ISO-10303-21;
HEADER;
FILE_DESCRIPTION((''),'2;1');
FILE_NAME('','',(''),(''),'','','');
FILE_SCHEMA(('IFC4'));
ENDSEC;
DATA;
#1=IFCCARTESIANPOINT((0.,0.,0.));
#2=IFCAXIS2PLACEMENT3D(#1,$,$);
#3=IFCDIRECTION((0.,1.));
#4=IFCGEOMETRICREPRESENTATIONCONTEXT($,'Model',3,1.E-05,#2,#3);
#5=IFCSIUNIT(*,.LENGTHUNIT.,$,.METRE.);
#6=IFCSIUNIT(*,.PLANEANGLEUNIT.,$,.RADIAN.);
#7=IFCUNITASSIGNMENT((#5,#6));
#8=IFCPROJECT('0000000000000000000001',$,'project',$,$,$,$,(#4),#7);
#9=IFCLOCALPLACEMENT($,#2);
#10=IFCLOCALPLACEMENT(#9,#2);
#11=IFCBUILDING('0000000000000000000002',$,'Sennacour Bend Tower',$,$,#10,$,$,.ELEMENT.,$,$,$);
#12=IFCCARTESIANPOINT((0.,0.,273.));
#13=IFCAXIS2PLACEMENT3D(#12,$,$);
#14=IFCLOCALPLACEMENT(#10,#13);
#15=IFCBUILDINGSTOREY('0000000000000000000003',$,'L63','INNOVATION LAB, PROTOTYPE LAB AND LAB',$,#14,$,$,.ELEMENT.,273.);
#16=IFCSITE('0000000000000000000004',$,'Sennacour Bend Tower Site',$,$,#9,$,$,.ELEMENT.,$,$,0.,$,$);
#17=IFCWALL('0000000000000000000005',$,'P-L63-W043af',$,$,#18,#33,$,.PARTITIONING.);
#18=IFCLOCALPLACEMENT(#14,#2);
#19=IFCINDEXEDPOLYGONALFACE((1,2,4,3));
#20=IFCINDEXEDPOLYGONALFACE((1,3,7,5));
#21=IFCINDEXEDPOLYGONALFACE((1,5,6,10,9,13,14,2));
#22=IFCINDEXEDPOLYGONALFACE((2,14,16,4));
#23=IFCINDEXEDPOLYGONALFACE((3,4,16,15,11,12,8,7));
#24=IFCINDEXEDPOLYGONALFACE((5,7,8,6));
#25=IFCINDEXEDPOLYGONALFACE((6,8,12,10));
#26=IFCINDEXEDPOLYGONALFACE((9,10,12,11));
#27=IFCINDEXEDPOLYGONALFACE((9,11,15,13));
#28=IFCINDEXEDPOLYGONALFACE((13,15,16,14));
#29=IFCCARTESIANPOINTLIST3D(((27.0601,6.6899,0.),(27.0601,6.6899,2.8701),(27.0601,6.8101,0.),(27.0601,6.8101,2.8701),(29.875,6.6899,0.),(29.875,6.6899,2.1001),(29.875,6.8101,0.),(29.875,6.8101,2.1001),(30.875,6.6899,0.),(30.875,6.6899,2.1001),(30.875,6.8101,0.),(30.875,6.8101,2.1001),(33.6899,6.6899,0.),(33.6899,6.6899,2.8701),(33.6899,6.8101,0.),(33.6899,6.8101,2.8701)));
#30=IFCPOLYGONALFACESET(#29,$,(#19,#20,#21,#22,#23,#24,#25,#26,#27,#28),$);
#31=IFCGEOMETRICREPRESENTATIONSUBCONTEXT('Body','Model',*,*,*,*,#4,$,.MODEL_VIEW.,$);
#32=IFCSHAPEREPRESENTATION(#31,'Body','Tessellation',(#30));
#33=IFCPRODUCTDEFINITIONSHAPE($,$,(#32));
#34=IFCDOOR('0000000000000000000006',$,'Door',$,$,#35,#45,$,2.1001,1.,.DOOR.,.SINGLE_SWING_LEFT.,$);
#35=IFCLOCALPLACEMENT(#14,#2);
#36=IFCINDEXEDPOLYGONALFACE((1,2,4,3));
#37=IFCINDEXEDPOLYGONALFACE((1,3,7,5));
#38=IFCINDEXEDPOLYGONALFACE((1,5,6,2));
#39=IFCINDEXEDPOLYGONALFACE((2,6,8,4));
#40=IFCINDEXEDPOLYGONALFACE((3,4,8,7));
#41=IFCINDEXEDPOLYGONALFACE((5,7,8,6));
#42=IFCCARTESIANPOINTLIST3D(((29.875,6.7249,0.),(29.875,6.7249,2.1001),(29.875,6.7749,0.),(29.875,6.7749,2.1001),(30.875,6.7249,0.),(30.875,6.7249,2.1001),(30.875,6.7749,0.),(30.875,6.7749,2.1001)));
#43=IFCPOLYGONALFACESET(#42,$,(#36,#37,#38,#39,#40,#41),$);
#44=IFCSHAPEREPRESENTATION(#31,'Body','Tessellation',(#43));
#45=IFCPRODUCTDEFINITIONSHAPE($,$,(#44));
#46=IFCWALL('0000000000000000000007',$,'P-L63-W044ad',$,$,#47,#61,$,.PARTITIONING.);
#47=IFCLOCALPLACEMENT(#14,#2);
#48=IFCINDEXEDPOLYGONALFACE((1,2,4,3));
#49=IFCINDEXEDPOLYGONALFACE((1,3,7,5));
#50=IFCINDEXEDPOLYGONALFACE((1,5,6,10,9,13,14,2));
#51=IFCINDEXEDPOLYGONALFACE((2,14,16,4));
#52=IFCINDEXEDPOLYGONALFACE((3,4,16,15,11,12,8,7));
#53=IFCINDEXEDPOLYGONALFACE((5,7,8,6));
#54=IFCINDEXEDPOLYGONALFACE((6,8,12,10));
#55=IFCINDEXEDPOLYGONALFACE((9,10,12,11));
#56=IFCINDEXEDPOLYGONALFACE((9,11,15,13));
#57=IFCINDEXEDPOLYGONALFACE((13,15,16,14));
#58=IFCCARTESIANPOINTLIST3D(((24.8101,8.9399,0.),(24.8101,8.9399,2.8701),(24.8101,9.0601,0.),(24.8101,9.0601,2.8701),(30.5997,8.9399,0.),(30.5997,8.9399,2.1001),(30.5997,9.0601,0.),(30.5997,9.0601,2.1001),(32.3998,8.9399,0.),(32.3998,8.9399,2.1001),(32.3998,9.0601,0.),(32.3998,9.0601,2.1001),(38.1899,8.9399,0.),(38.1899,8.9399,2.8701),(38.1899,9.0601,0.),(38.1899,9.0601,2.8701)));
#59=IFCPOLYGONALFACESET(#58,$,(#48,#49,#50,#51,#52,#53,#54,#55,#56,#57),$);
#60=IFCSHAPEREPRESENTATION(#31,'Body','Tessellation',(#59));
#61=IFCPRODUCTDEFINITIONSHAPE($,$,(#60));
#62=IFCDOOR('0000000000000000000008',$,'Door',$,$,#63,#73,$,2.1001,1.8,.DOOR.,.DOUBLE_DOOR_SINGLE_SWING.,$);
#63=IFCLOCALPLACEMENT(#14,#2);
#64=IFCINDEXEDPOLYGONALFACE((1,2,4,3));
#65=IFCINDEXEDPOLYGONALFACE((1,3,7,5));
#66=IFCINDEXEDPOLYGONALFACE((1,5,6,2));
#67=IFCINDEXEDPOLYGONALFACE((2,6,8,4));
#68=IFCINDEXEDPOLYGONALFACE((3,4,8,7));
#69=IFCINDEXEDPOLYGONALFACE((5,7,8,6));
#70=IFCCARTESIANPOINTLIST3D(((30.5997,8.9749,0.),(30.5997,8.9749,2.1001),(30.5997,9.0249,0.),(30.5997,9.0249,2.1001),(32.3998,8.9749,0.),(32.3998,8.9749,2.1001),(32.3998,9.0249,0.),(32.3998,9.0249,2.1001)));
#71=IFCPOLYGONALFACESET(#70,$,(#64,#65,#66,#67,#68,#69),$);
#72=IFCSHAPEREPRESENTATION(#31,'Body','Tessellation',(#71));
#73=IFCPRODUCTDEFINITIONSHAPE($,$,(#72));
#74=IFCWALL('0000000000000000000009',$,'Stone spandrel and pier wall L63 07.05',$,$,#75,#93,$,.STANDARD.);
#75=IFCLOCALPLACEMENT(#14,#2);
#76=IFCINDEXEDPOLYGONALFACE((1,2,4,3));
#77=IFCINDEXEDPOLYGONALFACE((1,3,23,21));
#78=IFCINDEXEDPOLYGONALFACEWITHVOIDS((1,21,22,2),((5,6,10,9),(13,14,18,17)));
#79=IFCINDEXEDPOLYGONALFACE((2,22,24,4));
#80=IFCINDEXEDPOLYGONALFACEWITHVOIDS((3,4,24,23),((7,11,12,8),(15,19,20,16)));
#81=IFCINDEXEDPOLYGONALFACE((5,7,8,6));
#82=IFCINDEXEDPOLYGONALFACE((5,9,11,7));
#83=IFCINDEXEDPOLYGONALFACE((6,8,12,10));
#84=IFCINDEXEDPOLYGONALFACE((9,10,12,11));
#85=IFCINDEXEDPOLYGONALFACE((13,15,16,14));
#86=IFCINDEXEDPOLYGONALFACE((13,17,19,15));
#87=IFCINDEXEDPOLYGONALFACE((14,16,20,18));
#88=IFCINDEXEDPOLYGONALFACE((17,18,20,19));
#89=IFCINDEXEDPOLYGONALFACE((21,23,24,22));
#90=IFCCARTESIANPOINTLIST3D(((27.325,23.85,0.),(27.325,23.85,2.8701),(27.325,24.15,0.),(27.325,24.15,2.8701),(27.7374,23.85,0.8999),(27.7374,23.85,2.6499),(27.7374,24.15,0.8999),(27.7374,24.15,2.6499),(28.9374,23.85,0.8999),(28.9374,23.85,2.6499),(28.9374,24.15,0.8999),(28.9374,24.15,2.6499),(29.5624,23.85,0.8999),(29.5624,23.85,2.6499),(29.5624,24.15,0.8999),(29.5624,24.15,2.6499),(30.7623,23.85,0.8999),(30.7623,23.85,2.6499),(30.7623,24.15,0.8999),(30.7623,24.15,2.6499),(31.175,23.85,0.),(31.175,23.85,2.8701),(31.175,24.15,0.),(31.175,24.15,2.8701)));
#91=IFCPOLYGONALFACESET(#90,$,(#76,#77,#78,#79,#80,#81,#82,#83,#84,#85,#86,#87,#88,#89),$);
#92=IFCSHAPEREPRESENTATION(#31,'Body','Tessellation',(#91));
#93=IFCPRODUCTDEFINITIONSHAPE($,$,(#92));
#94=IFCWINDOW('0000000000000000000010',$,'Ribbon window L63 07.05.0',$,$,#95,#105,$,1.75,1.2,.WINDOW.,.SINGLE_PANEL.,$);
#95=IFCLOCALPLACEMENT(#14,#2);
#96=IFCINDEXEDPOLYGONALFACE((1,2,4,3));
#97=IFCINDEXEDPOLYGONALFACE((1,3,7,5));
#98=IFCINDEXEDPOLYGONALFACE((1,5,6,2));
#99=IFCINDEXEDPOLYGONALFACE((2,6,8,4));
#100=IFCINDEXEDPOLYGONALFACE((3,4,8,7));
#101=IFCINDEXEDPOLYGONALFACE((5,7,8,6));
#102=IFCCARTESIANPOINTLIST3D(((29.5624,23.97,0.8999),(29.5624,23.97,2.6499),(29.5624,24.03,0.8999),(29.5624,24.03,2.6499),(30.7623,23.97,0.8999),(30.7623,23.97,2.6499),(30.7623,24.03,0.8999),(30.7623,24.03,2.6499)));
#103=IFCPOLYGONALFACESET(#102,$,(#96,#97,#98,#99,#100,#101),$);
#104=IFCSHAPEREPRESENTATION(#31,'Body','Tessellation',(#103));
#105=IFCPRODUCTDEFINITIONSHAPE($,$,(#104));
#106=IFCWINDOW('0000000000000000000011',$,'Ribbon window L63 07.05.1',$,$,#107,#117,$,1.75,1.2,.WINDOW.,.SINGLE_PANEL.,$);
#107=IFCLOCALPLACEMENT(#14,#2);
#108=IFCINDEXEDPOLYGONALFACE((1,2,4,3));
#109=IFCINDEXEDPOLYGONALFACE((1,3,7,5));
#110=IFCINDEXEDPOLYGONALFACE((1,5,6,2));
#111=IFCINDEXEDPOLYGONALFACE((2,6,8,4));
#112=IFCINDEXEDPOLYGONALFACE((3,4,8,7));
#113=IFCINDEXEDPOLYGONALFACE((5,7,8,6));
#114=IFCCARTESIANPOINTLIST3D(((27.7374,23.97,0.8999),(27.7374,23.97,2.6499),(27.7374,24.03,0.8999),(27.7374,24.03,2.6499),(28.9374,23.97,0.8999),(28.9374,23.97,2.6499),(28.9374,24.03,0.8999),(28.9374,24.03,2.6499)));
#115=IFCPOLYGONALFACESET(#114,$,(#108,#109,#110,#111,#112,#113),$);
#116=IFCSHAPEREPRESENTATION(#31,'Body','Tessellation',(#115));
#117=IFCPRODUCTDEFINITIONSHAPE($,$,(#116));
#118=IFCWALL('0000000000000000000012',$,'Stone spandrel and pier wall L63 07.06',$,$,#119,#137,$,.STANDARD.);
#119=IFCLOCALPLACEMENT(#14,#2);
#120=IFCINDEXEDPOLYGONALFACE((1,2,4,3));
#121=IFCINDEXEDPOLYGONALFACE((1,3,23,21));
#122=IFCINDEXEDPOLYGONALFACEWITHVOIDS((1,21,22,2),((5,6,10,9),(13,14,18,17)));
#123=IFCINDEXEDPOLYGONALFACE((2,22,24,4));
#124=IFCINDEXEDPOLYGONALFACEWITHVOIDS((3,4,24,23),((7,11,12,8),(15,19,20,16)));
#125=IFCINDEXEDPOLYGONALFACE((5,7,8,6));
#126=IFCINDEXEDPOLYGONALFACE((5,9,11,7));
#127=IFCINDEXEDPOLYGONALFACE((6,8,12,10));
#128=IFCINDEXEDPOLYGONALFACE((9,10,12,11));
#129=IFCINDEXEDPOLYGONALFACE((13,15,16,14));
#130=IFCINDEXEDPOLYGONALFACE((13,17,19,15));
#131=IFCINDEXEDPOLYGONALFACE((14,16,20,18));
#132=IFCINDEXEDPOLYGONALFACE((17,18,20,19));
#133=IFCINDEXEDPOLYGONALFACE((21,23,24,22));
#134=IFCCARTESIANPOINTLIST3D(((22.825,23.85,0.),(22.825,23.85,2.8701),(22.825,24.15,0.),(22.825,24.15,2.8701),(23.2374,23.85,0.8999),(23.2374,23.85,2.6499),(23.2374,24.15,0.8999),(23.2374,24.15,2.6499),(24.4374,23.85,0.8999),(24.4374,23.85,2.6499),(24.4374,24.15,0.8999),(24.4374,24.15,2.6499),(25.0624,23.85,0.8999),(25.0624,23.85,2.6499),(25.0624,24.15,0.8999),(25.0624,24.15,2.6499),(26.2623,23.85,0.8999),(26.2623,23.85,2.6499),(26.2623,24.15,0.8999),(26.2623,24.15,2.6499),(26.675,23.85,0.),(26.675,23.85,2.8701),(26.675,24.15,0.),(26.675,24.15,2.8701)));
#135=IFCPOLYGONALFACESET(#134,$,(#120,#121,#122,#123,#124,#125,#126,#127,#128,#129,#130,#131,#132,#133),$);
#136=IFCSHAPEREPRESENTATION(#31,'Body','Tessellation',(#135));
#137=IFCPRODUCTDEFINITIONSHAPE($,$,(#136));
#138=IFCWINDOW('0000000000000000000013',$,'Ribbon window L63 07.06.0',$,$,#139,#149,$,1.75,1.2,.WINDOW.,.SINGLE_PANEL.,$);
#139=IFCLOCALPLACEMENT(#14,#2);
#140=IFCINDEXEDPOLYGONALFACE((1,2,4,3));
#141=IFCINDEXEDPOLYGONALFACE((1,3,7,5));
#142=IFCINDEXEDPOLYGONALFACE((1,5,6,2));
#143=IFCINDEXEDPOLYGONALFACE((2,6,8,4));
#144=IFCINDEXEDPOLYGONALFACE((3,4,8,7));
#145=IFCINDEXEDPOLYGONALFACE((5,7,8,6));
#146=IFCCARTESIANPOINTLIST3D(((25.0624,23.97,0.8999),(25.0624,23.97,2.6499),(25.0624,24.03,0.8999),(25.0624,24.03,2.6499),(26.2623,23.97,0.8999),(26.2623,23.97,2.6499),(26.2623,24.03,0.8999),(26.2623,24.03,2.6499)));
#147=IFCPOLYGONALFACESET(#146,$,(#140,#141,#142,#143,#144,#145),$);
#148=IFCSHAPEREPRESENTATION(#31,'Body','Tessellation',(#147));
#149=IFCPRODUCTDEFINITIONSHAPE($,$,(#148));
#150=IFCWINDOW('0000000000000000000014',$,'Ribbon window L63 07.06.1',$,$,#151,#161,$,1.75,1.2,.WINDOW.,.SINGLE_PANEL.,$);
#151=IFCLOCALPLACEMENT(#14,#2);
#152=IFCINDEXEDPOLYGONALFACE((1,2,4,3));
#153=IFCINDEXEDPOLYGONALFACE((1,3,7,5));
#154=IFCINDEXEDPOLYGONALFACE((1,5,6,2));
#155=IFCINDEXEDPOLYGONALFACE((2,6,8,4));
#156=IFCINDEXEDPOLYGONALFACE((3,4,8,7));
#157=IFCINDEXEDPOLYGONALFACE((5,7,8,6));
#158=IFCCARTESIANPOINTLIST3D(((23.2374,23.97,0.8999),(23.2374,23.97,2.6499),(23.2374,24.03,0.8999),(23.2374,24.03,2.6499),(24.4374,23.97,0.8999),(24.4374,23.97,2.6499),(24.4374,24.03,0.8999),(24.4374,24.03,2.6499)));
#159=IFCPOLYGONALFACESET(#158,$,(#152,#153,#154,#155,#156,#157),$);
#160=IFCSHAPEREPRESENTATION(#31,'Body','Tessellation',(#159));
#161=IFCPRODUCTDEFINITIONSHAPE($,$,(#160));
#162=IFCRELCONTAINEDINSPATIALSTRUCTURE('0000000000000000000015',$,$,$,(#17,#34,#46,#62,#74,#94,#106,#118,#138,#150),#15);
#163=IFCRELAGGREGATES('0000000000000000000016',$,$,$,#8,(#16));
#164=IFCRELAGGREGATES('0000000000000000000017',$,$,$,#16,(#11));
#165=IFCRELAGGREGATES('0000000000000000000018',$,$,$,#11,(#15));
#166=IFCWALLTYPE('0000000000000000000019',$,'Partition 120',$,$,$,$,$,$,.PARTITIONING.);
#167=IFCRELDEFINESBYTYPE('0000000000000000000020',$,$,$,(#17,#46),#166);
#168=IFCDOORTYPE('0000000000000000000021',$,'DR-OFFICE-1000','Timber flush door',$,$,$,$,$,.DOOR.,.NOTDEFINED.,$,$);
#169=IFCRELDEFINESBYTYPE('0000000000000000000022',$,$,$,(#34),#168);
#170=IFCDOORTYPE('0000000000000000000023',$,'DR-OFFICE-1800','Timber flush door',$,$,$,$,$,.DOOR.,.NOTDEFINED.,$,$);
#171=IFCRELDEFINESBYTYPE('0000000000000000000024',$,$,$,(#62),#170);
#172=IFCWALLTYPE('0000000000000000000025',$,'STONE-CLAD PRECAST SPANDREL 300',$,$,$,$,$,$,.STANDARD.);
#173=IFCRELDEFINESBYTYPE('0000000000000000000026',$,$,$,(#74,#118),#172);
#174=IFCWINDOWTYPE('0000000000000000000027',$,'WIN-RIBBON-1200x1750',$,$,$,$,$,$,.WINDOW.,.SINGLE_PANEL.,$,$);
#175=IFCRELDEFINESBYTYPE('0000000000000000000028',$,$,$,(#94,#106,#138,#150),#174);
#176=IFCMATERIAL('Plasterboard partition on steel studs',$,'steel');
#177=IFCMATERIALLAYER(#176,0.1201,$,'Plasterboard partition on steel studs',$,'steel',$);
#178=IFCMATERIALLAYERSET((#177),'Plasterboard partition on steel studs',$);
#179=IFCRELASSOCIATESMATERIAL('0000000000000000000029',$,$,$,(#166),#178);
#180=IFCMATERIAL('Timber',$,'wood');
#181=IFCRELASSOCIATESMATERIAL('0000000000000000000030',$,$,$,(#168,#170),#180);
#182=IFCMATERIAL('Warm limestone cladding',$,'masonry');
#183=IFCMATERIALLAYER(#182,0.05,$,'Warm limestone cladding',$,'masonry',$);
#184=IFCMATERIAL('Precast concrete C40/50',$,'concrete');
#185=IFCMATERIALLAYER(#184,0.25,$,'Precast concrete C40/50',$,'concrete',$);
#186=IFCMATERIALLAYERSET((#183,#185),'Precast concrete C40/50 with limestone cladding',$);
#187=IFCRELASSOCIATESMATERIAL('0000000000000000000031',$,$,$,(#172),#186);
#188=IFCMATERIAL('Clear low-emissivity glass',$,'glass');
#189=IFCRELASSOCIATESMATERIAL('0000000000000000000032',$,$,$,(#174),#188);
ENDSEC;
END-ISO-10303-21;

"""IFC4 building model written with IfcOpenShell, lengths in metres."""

from ifc_helpers import new_model, si_unit, direction, frame, frame_2d, origin, place, context, subcontext, project, spatial, rectangle, extrude, material, layer, layer_set, type_object, element, fill, save


model = new_model("IFC4")

# Units and contexts
model_context = context("Model", 3, precision=1e-05, world=origin(), true_north=direction((0.0, 1.0)))
body_context = subcontext(model_context, "Body", "Model", "MODEL_VIEW")
ifc_project = project(units=[si_unit("LENGTHUNIT", "METRE"), si_unit("PLANEANGLEUNIT", "RADIAN")], contexts=[model_context])

# Site, building, storey
site_placement = place(None, origin())
site = spatial("IfcSite", under=ifc_project, at=site_placement, Name="Sennacour Bend Tower Site", CompositionType="ELEMENT", RefElevation=0.0)
building_placement = place(site_placement, origin())
building = spatial("IfcBuilding", under=site, at=building_placement, Name="Sennacour Bend Tower", CompositionType="ELEMENT")
storey_placement = place(building_placement, frame((0.0, 0.0, 273.0)))
storey = spatial("IfcBuildingStorey", under=building, at=storey_placement, Name="L63", Description="INNOVATION LAB, PROTOTYPE LAB AND LAB", CompositionType="ELEMENT", Elevation=273.0)

# Shared definitions
ifc_material_1 = material(Name="Plasterboard partition on steel studs", Category="steel")
ifc_layer_1 = layer(ifc_material_1, 0.1201, Name="Plasterboard partition on steel studs", Category="steel")
ifc_layer_set_1 = layer_set([ifc_layer_1], Name="Plasterboard partition on steel studs")
wall_type_1 = type_object("IfcWallType", Name="Partition 120", PredefinedType="PARTITIONING", material=ifc_layer_set_1)

# Walls, openings, doors
ifc_material_2 = material(Name="Timber", Category="wood")
door_type_1 = type_object("IfcDoorType", Name="DR-OFFICE-1000", Description="Timber flush door", OperationType="NOTDEFINED", PredefinedType="DOOR", material=ifc_material_2)
wall_1_placement = place(storey_placement, frame((27.0601, 6.75, 0.0), z_axis=(0.0, 0.0, 1.0), x_axis=(1.0, 0.0, 0.0)))
wall_1 = element("IfcWall", 1, at=wall_1_placement, inside=storey, type_object=wall_type_1, Name="P-L63-W043af", PredefinedType="PARTITIONING", context=body_context, shape_type="SweptSolid", body=[
    extrude(rectangle(XDim=6.6299, YDim=0.1201, at=frame_2d((3.3149, 0.0))), origin(), (0.0, 0.0, 1.0), 2.8701),
])
opening_1_placement = place(wall_1_placement, frame((2.8149, 0.0, 0.0)))
opening_1 = element("IfcOpeningElement", 2, at=opening_1_placement, cuts=wall_1, PredefinedType="OPENING", context=body_context, shape_type="SweptSolid", body=[
    extrude(rectangle(XDim=1.0, YDim=2.1001, at=frame_2d((0.5, 1.05))), frame((0.0, 0.0701, 0.0), z_axis=(0.0, -1.0, 0.0), x_axis=(1.0, 0.0, 0.0)), (0.0, 0.0, 1.0), 0.1401),
])
door_1_placement = place(opening_1_placement, origin())
door_1 = element("IfcDoor", 3, at=door_1_placement, inside=storey, type_object=door_type_1, Name="Door", OperationType="SINGLE_SWING_LEFT", OverallHeight=2.1001, OverallWidth=1.0, PredefinedType="DOOR", context=body_context, shape_type="SweptSolid", body=[
    extrude(rectangle(XDim=1.0, YDim=2.1001, at=frame_2d((0.5, 1.05))), frame((0.0, 0.0249, 0.0), z_axis=(0.0, -1.0, 0.0), x_axis=(1.0, 0.0, 0.0)), (0.0, 0.0, 1.0), 0.05),
])
fill(opening_1, door_1)
wall_2_placement = place(storey_placement, frame((24.8101, 9.0, 0.0), z_axis=(0.0, 0.0, 1.0), x_axis=(1.0, 0.0, 0.0)))
wall_2 = element("IfcWall", 4, at=wall_2_placement, inside=storey, type_object=wall_type_1, Name="P-L63-W044ad", PredefinedType="PARTITIONING", context=body_context, shape_type="SweptSolid", body=[
    extrude(rectangle(XDim=13.3799, YDim=0.1201, at=frame_2d((6.6899, 0.0))), origin(), (0.0, 0.0, 1.0), 2.8701),
])
opening_2_placement = place(wall_2_placement, frame((5.7898, 0.0, 0.0)))
opening_2 = element("IfcOpeningElement", 5, at=opening_2_placement, cuts=wall_2, PredefinedType="OPENING", context=body_context, shape_type="SweptSolid", body=[
    extrude(rectangle(XDim=1.8, YDim=2.1001, at=frame_2d((0.8999, 1.05))), frame((0.0, 0.0701, 0.0), z_axis=(0.0, -1.0, 0.0), x_axis=(1.0, 0.0, 0.0)), (0.0, 0.0, 1.0), 0.1401),
])
door_type_2 = type_object("IfcDoorType", Name="DR-OFFICE-1800", Description="Timber flush door", OperationType="NOTDEFINED", PredefinedType="DOOR", material=ifc_material_2)
door_2_placement = place(opening_2_placement, origin())
door_2 = element("IfcDoor", 6, at=door_2_placement, inside=storey, type_object=door_type_2, Name="Door", OperationType="DOUBLE_DOOR_SINGLE_SWING", OverallHeight=2.1001, OverallWidth=1.8, PredefinedType="DOOR", context=body_context, shape_type="SweptSolid", body=[
    extrude(rectangle(XDim=1.8, YDim=2.1001, at=frame_2d((0.8999, 1.05))), frame((0.0, 0.0249, 0.0), z_axis=(0.0, -1.0, 0.0), x_axis=(1.0, 0.0, 0.0)), (0.0, 0.0, 1.0), 0.05),
])
fill(opening_2, door_2)

# Walls, openings, windows
ifc_material_3 = material(Name="Warm limestone cladding", Category="masonry")
ifc_layer_2 = layer(ifc_material_3, 0.05, Name="Warm limestone cladding", Category="masonry")
ifc_material_4 = material(Name="Precast concrete C40/50", Category="concrete")
ifc_layer_3 = layer(ifc_material_4, 0.25, Name="Precast concrete C40/50", Category="concrete")
ifc_layer_set_2 = layer_set([ifc_layer_2, ifc_layer_3], Name="Precast concrete C40/50 with limestone cladding")
wall_type_2 = type_object("IfcWallType", Name="STONE-CLAD PRECAST SPANDREL 300", PredefinedType="STANDARD", material=ifc_layer_set_2)
wall_3_placement = place(storey_placement, frame((31.175, 24.0, 0.0), z_axis=(0.0, 0.0, 1.0), x_axis=(-1.0, 0.0, 0.0)))
wall_3 = element("IfcWall", 7, at=wall_3_placement, inside=storey, type_object=wall_type_2, Name="Stone spandrel and pier wall L63 07.05", PredefinedType="STANDARD", context=body_context, shape_type="SweptSolid", body=[
    extrude(rectangle(XDim=3.8501, YDim=0.3, at=frame_2d((1.925, 0.0))), origin(), (0.0, 0.0, 1.0), 2.8701),
])
opening_3_placement = place(wall_3_placement, frame((0.4126, 0.0, 0.8999)))
opening_3 = element("IfcOpeningElement", 8, at=opening_3_placement, cuts=wall_3, PredefinedType="OPENING", context=body_context, shape_type="SweptSolid", body=[
    extrude(rectangle(XDim=1.2, YDim=1.75, at=frame_2d((0.6001, 0.875))), frame((0.0, 0.1602, 0.0), z_axis=(0.0, -1.0, 0.0), x_axis=(1.0, 0.0, 0.0)), (0.0, 0.0, 1.0), 0.3201),
])
opening_4_placement = place(wall_3_placement, frame((2.2375, 0.0, 0.8999)))
opening_4 = element("IfcOpeningElement", 9, at=opening_4_placement, cuts=wall_3, PredefinedType="OPENING", context=body_context, shape_type="SweptSolid", body=[
    extrude(rectangle(XDim=1.2, YDim=1.75, at=frame_2d((0.6001, 0.875))), frame((0.0, 0.1602, 0.0), z_axis=(0.0, -1.0, 0.0), x_axis=(1.0, 0.0, 0.0)), (0.0, 0.0, 1.0), 0.3201),
])
ifc_material_5 = material(Name="Clear low-emissivity glass", Category="glass")
window_type = type_object("IfcWindowType", Name="WIN-RIBBON-1200x1750", PartitioningType="SINGLE_PANEL", PredefinedType="WINDOW", material=ifc_material_5)
window_1_placement = place(opening_3_placement, origin())
window_1 = element("IfcWindow", 10, at=window_1_placement, inside=storey, type_object=window_type, Name="Ribbon window L63 07.05.0", OverallHeight=1.75, OverallWidth=1.2, PartitioningType="SINGLE_PANEL", PredefinedType="WINDOW", context=body_context, shape_type="SweptSolid", body=[
    extrude(rectangle(XDim=1.2, YDim=1.75, at=frame_2d((0.6001, 0.875))), frame((0.0, 0.03, 0.0), z_axis=(0.0, -1.0, 0.0), x_axis=(1.0, 0.0, 0.0)), (0.0, 0.0, 1.0), 0.0601),
])
fill(opening_3, window_1)
window_2_placement = place(opening_4_placement, origin())
window_2 = element("IfcWindow", 11, at=window_2_placement, inside=storey, type_object=window_type, Name="Ribbon window L63 07.05.1", OverallHeight=1.75, OverallWidth=1.2, PartitioningType="SINGLE_PANEL", PredefinedType="WINDOW", context=body_context, shape_type="SweptSolid", body=[
    extrude(rectangle(XDim=1.2, YDim=1.75, at=frame_2d((0.6001, 0.875))), frame((0.0, 0.03, 0.0), z_axis=(0.0, -1.0, 0.0), x_axis=(1.0, 0.0, 0.0)), (0.0, 0.0, 1.0), 0.0601),
])
fill(opening_4, window_2)
wall_4_placement = place(storey_placement, frame((26.675, 24.0, 0.0), z_axis=(0.0, 0.0, 1.0), x_axis=(-1.0, 0.0, 0.0)))
wall_4 = element("IfcWall", 12, at=wall_4_placement, inside=storey, type_object=wall_type_2, Name="Stone spandrel and pier wall L63 07.06", PredefinedType="STANDARD", context=body_context, shape_type="SweptSolid", body=[
    extrude(rectangle(XDim=3.8501, YDim=0.3, at=frame_2d((1.925, 0.0))), origin(), (0.0, 0.0, 1.0), 2.8701),
])
opening_5_placement = place(wall_4_placement, frame((0.4126, 0.0, 0.8999)))
opening_5 = element("IfcOpeningElement", 13, at=opening_5_placement, cuts=wall_4, PredefinedType="OPENING", context=body_context, shape_type="SweptSolid", body=[
    extrude(rectangle(XDim=1.2, YDim=1.75, at=frame_2d((0.6001, 0.875))), frame((0.0, 0.1602, 0.0), z_axis=(0.0, -1.0, 0.0), x_axis=(1.0, 0.0, 0.0)), (0.0, 0.0, 1.0), 0.3201),
])
opening_6_placement = place(wall_4_placement, frame((2.2375, 0.0, 0.8999)))
opening_6 = element("IfcOpeningElement", 14, at=opening_6_placement, cuts=wall_4, PredefinedType="OPENING", context=body_context, shape_type="SweptSolid", body=[
    extrude(rectangle(XDim=1.2, YDim=1.75, at=frame_2d((0.6001, 0.875))), frame((0.0, 0.1602, 0.0), z_axis=(0.0, -1.0, 0.0), x_axis=(1.0, 0.0, 0.0)), (0.0, 0.0, 1.0), 0.3201),
])
window_3_placement = place(opening_5_placement, origin())
window_3 = element("IfcWindow", 15, at=window_3_placement, inside=storey, type_object=window_type, Name="Ribbon window L63 07.06.0", OverallHeight=1.75, OverallWidth=1.2, PartitioningType="SINGLE_PANEL", PredefinedType="WINDOW", context=body_context, shape_type="SweptSolid", body=[
    extrude(rectangle(XDim=1.2, YDim=1.75, at=frame_2d((0.6001, 0.875))), frame((0.0, 0.03, 0.0), z_axis=(0.0, -1.0, 0.0), x_axis=(1.0, 0.0, 0.0)), (0.0, 0.0, 1.0), 0.0601),
])
fill(opening_5, window_3)
window_4_placement = place(opening_6_placement, origin())
window_4 = element("IfcWindow", 16, at=window_4_placement, inside=storey, type_object=window_type, Name="Ribbon window L63 07.06.1", OverallHeight=1.75, OverallWidth=1.2, PartitioningType="SINGLE_PANEL", PredefinedType="WINDOW", context=body_context, shape_type="SweptSolid", body=[
    extrude(rectangle(XDim=1.2, YDim=1.75, at=frame_2d((0.6001, 0.875))), frame((0.0, 0.03, 0.0), z_axis=(0.0, -1.0, 0.0), x_axis=(1.0, 0.0, 0.0)), (0.0, 0.0, 1.0), 0.0601),
])
fill(opening_6, window_4)

save(model, "model.ifc")
